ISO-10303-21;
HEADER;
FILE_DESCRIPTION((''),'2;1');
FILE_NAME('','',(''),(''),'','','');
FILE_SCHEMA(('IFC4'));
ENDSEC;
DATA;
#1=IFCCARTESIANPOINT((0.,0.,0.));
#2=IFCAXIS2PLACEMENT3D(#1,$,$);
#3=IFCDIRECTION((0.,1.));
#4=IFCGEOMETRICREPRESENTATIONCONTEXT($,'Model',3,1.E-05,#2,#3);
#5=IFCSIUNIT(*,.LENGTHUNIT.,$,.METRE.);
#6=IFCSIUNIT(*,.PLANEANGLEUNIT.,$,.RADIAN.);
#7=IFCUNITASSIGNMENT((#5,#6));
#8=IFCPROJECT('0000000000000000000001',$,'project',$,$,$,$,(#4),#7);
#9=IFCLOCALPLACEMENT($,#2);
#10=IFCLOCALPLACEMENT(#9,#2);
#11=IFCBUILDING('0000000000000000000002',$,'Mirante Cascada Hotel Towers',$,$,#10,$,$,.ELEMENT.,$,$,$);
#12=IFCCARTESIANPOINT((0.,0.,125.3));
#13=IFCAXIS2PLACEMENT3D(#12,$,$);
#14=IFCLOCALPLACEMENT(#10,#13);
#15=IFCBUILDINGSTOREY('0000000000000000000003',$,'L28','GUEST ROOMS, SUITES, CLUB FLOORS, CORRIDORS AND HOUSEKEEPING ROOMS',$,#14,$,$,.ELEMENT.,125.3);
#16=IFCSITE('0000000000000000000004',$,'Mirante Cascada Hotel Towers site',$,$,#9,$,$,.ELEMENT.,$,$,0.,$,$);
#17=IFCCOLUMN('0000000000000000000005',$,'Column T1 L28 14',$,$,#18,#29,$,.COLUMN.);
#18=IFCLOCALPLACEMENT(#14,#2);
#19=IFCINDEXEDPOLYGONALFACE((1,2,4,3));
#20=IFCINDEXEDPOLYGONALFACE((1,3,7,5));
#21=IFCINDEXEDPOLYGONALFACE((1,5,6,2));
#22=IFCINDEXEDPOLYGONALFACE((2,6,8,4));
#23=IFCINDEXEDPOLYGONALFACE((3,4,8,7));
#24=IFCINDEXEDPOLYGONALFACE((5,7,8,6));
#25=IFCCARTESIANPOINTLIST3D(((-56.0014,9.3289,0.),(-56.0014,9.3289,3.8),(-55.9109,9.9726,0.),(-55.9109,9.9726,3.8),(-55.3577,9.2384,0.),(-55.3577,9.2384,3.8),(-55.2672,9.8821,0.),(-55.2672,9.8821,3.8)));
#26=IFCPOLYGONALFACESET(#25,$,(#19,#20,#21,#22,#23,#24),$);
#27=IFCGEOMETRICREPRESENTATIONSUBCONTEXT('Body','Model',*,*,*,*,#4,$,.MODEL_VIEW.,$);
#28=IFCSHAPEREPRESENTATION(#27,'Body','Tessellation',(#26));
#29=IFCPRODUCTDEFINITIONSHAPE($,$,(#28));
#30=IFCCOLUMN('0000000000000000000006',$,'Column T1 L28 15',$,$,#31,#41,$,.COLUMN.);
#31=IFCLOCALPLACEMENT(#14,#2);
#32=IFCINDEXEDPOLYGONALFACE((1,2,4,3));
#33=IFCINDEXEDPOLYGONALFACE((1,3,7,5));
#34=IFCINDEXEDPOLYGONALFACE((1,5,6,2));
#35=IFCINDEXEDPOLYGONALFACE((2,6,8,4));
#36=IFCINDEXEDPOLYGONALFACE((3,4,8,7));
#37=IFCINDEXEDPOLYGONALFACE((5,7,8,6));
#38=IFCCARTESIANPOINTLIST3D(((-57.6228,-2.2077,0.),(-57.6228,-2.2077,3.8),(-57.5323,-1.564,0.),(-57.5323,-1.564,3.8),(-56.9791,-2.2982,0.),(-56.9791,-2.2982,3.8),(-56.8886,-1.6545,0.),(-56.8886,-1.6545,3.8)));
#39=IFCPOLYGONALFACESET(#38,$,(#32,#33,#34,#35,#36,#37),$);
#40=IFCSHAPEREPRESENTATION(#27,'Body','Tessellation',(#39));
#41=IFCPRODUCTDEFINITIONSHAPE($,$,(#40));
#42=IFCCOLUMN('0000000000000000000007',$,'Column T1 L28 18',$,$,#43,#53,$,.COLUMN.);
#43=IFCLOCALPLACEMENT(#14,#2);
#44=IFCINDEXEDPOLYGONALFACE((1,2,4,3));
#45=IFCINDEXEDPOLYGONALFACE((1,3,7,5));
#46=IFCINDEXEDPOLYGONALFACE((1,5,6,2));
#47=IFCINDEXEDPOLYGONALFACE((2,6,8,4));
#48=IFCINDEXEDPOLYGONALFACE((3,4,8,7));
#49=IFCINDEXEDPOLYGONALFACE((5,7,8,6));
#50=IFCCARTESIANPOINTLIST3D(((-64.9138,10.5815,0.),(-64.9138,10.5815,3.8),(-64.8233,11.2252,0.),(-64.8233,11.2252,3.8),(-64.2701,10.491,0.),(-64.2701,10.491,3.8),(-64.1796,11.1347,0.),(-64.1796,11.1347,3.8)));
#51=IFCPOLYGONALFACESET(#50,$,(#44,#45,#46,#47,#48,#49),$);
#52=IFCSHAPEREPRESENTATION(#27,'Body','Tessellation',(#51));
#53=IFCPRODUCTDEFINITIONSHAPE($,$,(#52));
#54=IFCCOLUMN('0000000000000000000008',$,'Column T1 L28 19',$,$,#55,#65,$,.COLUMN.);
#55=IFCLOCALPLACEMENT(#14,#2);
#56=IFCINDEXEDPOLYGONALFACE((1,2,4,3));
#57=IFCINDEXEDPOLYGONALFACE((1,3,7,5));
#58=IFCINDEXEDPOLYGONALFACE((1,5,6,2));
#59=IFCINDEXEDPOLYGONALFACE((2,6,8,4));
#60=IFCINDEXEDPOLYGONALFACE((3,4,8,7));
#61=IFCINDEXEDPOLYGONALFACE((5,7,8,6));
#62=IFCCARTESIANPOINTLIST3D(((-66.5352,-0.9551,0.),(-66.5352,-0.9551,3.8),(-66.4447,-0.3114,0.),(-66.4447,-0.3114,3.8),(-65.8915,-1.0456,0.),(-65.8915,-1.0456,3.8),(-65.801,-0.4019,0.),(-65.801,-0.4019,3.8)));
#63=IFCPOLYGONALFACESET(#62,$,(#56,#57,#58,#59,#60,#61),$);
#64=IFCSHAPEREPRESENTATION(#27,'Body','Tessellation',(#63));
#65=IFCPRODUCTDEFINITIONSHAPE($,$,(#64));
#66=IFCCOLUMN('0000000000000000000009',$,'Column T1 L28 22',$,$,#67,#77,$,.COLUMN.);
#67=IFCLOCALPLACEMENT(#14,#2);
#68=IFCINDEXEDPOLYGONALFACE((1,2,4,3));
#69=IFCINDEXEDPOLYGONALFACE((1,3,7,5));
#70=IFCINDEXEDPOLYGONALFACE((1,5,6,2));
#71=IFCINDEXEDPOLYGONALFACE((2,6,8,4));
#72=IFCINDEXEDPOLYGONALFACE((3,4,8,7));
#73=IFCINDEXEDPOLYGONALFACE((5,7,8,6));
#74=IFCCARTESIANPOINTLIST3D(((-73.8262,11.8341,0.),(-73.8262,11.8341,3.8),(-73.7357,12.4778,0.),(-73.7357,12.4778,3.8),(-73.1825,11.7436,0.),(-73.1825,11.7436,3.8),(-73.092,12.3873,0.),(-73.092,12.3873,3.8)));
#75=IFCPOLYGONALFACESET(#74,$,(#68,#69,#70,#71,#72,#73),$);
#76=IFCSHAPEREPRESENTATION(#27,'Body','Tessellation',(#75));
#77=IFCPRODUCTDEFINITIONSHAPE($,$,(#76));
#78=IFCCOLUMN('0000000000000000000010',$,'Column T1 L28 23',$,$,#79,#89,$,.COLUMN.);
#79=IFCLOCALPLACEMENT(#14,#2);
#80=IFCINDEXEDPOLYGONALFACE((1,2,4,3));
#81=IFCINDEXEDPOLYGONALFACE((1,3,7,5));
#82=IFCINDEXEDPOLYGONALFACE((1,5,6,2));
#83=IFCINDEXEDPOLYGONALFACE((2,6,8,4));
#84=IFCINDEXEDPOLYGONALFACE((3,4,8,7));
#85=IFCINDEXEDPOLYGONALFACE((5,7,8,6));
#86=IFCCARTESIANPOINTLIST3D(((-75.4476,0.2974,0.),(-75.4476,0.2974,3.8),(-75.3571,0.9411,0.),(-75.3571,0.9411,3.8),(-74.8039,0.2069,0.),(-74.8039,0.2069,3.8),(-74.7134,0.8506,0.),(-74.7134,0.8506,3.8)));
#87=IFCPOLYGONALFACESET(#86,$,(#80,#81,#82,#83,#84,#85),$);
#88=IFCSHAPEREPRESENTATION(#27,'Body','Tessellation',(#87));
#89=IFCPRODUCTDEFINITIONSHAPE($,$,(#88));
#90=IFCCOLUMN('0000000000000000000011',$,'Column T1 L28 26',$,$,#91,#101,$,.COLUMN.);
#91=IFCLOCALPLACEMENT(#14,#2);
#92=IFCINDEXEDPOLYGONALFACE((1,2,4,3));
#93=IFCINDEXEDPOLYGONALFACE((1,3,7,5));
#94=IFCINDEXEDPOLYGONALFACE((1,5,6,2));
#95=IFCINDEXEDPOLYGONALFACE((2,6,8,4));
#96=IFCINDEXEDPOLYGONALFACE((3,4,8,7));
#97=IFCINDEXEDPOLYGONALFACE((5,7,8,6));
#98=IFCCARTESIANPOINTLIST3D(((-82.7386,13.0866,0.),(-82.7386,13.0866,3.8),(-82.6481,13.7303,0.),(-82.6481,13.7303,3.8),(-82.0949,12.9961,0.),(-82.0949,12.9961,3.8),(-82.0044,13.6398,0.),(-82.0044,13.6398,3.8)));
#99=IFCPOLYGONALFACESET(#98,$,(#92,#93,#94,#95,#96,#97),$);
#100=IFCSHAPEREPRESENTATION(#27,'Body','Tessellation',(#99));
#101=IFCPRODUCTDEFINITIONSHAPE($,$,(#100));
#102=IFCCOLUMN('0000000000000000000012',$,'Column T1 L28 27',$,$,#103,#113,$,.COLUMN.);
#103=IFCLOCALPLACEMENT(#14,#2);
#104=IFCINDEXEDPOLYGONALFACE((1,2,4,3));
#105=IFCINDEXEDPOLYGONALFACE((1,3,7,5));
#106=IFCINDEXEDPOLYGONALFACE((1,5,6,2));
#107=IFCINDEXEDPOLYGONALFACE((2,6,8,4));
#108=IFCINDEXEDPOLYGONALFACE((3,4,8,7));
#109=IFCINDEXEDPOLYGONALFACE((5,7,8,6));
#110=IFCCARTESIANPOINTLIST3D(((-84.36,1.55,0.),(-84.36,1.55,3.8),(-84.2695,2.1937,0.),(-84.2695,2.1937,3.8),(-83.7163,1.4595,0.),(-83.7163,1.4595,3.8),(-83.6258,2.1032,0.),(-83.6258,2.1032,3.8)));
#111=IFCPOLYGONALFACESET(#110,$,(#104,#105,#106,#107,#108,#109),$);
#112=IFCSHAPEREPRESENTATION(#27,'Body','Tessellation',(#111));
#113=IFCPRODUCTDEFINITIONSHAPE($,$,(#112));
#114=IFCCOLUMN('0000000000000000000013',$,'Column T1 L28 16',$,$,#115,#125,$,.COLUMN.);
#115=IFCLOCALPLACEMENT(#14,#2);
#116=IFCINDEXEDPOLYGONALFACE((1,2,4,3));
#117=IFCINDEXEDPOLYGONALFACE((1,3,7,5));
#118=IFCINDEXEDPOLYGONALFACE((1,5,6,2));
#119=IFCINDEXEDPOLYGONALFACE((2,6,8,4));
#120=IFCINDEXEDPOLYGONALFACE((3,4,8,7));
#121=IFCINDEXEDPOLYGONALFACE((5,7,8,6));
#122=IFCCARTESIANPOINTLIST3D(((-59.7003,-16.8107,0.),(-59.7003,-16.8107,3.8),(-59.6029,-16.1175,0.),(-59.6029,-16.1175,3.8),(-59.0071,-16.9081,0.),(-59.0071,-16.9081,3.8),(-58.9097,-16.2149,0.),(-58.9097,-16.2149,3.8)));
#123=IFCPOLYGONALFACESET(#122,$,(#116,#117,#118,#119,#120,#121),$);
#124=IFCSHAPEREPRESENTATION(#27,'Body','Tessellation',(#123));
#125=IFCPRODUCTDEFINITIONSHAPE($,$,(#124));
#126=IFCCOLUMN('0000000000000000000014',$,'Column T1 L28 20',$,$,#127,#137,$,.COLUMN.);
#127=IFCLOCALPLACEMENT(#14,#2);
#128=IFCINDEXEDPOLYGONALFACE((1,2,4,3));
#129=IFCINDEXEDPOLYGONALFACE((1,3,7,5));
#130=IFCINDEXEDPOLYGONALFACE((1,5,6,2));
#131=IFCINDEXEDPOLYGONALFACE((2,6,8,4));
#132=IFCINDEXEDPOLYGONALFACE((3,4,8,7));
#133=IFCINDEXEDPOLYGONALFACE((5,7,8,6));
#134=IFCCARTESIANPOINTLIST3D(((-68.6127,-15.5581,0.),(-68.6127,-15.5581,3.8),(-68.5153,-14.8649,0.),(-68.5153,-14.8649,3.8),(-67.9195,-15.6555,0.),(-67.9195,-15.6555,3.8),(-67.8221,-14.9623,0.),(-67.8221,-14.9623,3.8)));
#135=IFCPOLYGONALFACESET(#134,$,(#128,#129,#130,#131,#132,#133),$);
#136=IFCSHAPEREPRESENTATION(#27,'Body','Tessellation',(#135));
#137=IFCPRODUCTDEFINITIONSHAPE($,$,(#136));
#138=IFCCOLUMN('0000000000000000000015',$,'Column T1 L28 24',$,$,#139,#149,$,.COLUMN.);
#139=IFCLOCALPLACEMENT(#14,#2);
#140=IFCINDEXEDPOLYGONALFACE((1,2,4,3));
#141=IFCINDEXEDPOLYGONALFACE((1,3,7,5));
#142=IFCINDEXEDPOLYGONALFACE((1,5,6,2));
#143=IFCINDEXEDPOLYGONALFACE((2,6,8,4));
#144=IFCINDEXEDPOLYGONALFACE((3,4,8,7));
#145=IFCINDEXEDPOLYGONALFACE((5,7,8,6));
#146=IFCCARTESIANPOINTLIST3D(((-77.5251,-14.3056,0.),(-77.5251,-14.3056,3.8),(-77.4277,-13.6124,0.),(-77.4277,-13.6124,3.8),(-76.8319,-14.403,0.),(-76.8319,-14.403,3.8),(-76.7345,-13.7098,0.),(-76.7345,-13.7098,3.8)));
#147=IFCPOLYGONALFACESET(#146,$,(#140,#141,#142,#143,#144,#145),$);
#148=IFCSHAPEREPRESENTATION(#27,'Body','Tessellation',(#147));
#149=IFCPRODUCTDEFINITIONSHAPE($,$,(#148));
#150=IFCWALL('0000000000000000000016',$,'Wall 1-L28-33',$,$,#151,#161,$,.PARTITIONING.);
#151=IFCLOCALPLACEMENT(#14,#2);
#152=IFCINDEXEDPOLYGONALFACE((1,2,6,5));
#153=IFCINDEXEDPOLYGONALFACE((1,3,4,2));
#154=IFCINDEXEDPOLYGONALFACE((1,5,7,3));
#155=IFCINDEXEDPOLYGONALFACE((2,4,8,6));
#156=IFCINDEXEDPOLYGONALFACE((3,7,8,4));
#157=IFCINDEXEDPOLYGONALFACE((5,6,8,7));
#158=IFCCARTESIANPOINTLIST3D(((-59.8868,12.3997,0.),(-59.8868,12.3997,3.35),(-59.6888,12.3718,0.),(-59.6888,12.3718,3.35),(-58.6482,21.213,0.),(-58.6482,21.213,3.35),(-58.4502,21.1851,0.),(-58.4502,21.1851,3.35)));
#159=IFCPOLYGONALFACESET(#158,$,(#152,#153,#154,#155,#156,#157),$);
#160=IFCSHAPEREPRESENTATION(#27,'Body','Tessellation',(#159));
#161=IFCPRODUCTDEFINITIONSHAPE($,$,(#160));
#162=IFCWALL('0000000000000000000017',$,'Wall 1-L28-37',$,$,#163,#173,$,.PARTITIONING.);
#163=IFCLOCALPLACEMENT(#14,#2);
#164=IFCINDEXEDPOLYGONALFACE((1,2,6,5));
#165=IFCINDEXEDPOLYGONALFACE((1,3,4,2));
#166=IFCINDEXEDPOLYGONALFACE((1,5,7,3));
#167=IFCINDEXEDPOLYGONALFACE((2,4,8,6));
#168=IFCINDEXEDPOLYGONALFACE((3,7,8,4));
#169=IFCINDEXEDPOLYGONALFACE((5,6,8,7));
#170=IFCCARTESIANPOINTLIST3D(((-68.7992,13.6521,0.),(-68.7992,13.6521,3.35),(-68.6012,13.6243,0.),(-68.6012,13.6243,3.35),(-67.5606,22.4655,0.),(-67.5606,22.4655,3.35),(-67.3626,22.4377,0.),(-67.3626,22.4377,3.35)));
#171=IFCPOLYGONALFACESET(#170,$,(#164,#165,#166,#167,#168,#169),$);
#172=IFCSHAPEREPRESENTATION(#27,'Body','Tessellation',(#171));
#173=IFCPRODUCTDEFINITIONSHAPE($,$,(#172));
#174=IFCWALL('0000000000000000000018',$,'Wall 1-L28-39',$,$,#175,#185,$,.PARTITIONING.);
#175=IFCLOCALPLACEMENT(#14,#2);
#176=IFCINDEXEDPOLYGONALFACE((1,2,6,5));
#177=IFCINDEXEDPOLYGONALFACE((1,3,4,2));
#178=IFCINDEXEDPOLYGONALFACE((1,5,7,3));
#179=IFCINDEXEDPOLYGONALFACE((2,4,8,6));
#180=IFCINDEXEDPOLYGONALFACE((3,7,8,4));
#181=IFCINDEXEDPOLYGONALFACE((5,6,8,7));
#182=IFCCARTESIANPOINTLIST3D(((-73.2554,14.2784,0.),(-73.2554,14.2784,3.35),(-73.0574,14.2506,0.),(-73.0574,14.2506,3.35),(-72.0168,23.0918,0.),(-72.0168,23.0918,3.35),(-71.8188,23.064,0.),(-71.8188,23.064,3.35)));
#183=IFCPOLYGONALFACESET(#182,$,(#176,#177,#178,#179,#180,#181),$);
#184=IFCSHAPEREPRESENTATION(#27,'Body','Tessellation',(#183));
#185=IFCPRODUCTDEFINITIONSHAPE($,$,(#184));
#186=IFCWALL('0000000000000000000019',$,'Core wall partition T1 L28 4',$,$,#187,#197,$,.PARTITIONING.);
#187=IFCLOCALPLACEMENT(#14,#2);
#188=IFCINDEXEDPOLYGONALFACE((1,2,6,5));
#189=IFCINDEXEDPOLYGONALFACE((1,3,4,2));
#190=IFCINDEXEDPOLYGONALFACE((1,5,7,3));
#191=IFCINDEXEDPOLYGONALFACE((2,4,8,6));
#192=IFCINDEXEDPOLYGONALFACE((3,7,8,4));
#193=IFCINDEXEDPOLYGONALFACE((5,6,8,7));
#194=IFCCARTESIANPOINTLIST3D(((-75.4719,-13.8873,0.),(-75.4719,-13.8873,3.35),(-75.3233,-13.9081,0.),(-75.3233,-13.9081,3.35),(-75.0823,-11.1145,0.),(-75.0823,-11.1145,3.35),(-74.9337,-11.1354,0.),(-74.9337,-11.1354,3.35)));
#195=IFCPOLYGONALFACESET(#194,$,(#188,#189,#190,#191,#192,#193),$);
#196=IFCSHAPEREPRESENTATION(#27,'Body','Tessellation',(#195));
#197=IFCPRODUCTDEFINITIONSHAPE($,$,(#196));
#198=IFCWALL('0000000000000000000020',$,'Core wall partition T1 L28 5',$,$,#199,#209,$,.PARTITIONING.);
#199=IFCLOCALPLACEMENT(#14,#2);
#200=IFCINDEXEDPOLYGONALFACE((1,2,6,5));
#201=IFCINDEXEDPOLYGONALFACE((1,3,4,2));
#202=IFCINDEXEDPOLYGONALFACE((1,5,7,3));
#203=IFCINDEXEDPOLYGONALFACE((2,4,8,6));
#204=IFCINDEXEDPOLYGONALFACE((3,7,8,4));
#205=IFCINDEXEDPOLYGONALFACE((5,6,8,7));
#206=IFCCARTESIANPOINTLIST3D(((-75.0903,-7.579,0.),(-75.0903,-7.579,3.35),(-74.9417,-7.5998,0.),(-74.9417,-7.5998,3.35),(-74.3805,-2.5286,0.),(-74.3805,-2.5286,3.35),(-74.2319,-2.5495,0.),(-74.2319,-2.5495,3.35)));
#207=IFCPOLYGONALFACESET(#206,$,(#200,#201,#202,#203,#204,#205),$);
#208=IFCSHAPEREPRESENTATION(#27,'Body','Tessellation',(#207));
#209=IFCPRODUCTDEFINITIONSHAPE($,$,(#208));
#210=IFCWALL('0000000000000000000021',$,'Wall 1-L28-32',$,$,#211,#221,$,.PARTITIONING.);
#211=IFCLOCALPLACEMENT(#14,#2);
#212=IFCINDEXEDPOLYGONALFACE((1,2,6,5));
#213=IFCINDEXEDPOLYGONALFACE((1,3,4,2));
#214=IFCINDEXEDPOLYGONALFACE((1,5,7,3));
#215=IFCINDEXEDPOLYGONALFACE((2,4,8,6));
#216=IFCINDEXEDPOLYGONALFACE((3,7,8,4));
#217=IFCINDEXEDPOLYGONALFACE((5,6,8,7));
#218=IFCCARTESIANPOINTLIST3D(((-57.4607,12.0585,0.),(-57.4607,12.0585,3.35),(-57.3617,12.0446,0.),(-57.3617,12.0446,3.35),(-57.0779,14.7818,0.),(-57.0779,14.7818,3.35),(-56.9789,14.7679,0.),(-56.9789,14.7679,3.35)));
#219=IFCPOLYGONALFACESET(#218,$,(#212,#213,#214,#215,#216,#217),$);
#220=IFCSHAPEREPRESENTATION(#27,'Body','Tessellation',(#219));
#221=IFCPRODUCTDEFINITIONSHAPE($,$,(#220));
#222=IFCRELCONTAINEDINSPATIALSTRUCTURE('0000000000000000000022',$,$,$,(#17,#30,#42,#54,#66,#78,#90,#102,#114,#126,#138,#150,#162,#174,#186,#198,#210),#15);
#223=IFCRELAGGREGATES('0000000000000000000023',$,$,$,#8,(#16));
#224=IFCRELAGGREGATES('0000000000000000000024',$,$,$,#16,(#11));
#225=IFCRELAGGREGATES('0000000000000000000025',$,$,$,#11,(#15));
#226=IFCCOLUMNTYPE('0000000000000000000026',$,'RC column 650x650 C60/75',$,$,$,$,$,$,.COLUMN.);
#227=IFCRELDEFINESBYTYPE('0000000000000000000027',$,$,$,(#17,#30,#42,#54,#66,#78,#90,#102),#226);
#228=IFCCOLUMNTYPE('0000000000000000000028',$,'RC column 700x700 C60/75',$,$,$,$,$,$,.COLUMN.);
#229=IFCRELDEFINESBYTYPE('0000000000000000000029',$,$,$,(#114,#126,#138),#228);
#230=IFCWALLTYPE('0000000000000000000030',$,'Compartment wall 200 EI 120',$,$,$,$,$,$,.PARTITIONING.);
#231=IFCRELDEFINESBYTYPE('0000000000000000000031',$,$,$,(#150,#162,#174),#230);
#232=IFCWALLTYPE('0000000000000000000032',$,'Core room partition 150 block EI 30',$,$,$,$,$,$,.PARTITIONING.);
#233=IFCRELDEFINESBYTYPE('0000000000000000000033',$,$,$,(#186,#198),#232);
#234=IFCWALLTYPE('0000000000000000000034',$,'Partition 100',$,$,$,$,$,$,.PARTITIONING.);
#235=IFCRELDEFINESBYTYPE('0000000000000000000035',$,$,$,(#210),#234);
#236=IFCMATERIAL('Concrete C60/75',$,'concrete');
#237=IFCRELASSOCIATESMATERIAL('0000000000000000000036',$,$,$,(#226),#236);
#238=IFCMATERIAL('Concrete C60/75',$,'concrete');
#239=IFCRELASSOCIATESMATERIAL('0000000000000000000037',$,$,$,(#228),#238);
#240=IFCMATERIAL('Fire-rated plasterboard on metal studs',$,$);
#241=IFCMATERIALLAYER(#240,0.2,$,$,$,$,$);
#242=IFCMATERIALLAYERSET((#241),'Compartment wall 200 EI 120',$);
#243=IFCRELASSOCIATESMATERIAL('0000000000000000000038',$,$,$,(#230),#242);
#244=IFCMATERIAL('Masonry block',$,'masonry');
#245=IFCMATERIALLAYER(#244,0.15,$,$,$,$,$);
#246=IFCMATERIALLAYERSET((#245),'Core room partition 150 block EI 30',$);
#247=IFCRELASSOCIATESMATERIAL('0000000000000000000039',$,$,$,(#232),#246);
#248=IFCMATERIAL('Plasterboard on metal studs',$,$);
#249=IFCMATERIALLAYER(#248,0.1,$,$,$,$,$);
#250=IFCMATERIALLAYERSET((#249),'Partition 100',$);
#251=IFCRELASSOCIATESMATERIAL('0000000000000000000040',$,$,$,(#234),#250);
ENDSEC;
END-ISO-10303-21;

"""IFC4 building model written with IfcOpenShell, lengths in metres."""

from ifc_helpers import new_model, si_unit, direction, frame, frame_2d, origin, origin_2d, place, context, subcontext, project, spatial, rectangle, extrude, material, layer, layer_set, material_profile, profile_set, type_object, element, save


model = new_model("IFC4")

# Units and contexts
model_context = context("Model", 3, precision=1e-05, world=origin(), true_north=direction((0.0, 1.0)))
body_context = subcontext(model_context, "Body", "Model", "MODEL_VIEW")
ifc_project = project(units=[si_unit("LENGTHUNIT", "METRE"), si_unit("PLANEANGLEUNIT", "RADIAN")], contexts=[model_context])

# Site, building, storey
site_placement = place(None, origin())
site = spatial("IfcSite", under=ifc_project, at=site_placement, Name="Mirante Cascada Hotel Towers site", CompositionType="ELEMENT", RefElevation=0.0)
building_placement = place(site_placement, origin())
building = spatial("IfcBuilding", under=site, at=building_placement, Name="Mirante Cascada Hotel Towers", CompositionType="ELEMENT")
storey_placement = place(building_placement, frame((0.0, 0.0, 125.3)))
storey = spatial("IfcBuildingStorey", under=building, at=storey_placement, Name="L28", Description="GUEST ROOMS, SUITES, CLUB FLOORS, CORRIDORS AND HOUSEKEEPING ROOMS", CompositionType="ELEMENT", Elevation=125.3)

# Columns
ifc_material_1 = material(Name="Concrete C60/75", Category="concrete")
ifc_material_profile_1 = material_profile(ifc_material_1, rectangle(XDim=0.65, YDim=0.65, at=origin_2d()), Name="RC column 650x650 C60/75")
ifc_profile_set_1 = profile_set([ifc_material_profile_1], Name="Concrete C60/75")
column_type_1 = type_object("IfcColumnType", Name="RC column 650x650 C60/75", PredefinedType="COLUMN", material=ifc_profile_set_1)
for number, where, z_axis, x_axis, name in (
    (1, (-55.6343, 9.6055, 0.0), (0.0, 0.0, 1.0), (-0.990268, 0.139173, 0.0), "Column T1 L28 14"),
    (2, (-57.2557, -1.9311, 0.0), (0.0, 0.0, 1.0), (-0.990268, 0.139173, 0.0), "Column T1 L28 15"),
    (3, (-64.5467, 10.8581, 0.0), (0.0, 0.0, 1.0), (-0.990268, 0.139173, 0.0), "Column T1 L28 18"),
    (4, (-66.1681, -0.6785, 0.0), (0.0, 0.0, 1.0), (-0.990268, 0.139173, 0.0), "Column T1 L28 19"),
    (5, (-73.4591, 12.1107, 0.0), (0.0, 0.0, 1.0), (-0.990268, 0.139173, 0.0), "Column T1 L28 22"),
    (6, (-75.0805, 0.574, 0.0), (0.0, 0.0, 1.0), (-0.990268, 0.139173, 0.0), "Column T1 L28 23"),
    (7, (-82.3715, 13.3632, 0.0), (0.0, 0.0, 1.0), (-0.990268, 0.139173, 0.0), "Column T1 L28 26"),
    (8, (-83.9929, 1.8266, 0.0), (0.0, 0.0, 1.0), (-0.990268, 0.139173, 0.0), "Column T1 L28 27"),
):
    element("IfcColumn", number, at=place(storey_placement, frame(where, z_axis=z_axis, x_axis=x_axis)), inside=storey, type_object=column_type_1, Name=name, PredefinedType="COLUMN", context=body_context, shape_type="SweptSolid", body=[
        extrude(rectangle(XDim=0.65, YDim=0.65, at=origin_2d()), origin(), (0.0, 0.0, 1.0), 3.8),
    ])
ifc_material_2 = material(Name="Concrete C60/75", Category="concrete")
ifc_material_profile_2 = material_profile(ifc_material_2, rectangle(XDim=0.7, YDim=0.7, at=origin_2d()), Name="RC column 700x700 C60/75")
ifc_profile_set_2 = profile_set([ifc_material_profile_2], Name="Concrete C60/75")
column_type_2 = type_object("IfcColumnType", Name="RC column 700x700 C60/75", PredefinedType="COLUMN", material=ifc_profile_set_2)
for number, where, z_axis, x_axis, name in (
    (9, (-59.305, -16.5128, 0.0), (0.0, 0.0, 1.0), (-0.990268, 0.139173, 0.0), "Column T1 L28 16"),
    (10, (-68.2174, -15.2602, 0.0), (0.0, 0.0, 1.0), (-0.990268, 0.139173, 0.0), "Column T1 L28 20"),
    (11, (-77.1298, -14.0077, 0.0), (0.0, 0.0, 1.0), (-0.990268, 0.139173, 0.0), "Column T1 L28 24"),
):
    element("IfcColumn", number, at=place(storey_placement, frame(where, z_axis=z_axis, x_axis=x_axis)), inside=storey, type_object=column_type_2, Name=name, PredefinedType="COLUMN", context=body_context, shape_type="SweptSolid", body=[
        extrude(rectangle(XDim=0.7, YDim=0.7, at=origin_2d()), origin(), (0.0, 0.0, 1.0), 3.8),
    ])

# Walls
ifc_material_3 = material(Name="Fire-rated plasterboard on metal studs")
ifc_layer_1 = layer(ifc_material_3, 0.2)
ifc_layer_set_1 = layer_set([ifc_layer_1], Name="Compartment wall 200 EI 120")
wall_type_1 = type_object("IfcWallType", Name="Compartment wall 200 EI 120", PredefinedType="PARTITIONING", material=ifc_layer_set_1)
wall_1_placement = place(storey_placement, frame((-59.7878, 12.3857, 0.0), z_axis=(0.0, 0.0, 1.0), x_axis=(0.13917, 0.990268, 0.0)))
element("IfcWall", 12, at=wall_1_placement, inside=storey, type_object=wall_type_1, Name="Wall 1-L28-33", PredefinedType="PARTITIONING", context=body_context, shape_type="SweptSolid", body=[
    extrude(rectangle(XDim=8.8999, YDim=0.2, at=frame_2d((4.45, 0.0))), origin(), (0.0, 0.0, 1.0), 3.35),
])
for number, where, z_axis, x_axis, name in (
    (13, (-68.7002, 13.6382, 0.0), (0.0, 0.0, 1.0), (0.139168, 0.990269, 0.0), "Wall 1-L28-37"),
    (14, (-73.1564, 14.2645, 0.0), (0.0, 0.0, 1.0), (0.139168, 0.990269, 0.0), "Wall 1-L28-39"),
):
    element("IfcWall", number, at=place(storey_placement, frame(where, z_axis=z_axis, x_axis=x_axis)), inside=storey, type_object=wall_type_1, Name=name, PredefinedType="PARTITIONING", context=body_context, shape_type="SweptSolid", body=[
        extrude(rectangle(XDim=8.9, YDim=0.2, at=frame_2d((4.45, 0.0))), origin(), (0.0, 0.0, 1.0), 3.35),
    ])
ifc_material_4 = material(Name="Masonry block", Category="masonry")
ifc_layer_2 = layer(ifc_material_4, 0.15)
ifc_layer_set_2 = layer_set([ifc_layer_2], Name="Core room partition 150 block EI 30")
wall_type_2 = type_object("IfcWallType", Name="Core room partition 150 block EI 30", PredefinedType="PARTITIONING", material=ifc_layer_set_2)
wall_2_placement = place(storey_placement, frame((-75.3976, -13.8977, 0.0), z_axis=(0.0, 0.0, 1.0), x_axis=(0.139141, 0.990273, 0.0)))
element("IfcWall", 15, at=wall_2_placement, inside=storey, type_object=wall_type_2, Name="Core wall partition T1 L28 4", PredefinedType="PARTITIONING", context=body_context, shape_type="SweptSolid", body=[
    extrude(rectangle(XDim=2.8, YDim=0.15, at=frame_2d((1.4, 0.0))), origin(), (0.0, 0.0, 1.0), 3.35),
])
wall_3_placement = place(storey_placement, frame((-75.016, -7.5894, 0.0), z_axis=(0.0, 0.0, 1.0), x_axis=(0.139176, 0.990268, 0.0)))
element("IfcWall", 16, at=wall_3_placement, inside=storey, type_object=wall_type_2, Name="Core wall partition T1 L28 5", PredefinedType="PARTITIONING", context=body_context, shape_type="SweptSolid", body=[
    extrude(rectangle(XDim=5.1, YDim=0.15, at=frame_2d((2.55, 0.0))), origin(), (0.0, 0.0, 1.0), 3.35),
])
ifc_material_5 = material(Name="Plasterboard on metal studs")
ifc_layer_3 = layer(ifc_material_5, 0.1)
ifc_layer_set_3 = layer_set([ifc_layer_3], Name="Partition 100")
wall_type_3 = type_object("IfcWallType", Name="Partition 100", PredefinedType="PARTITIONING", material=ifc_layer_set_3)
wall_4_placement = place(storey_placement, frame((-57.0284, 14.7749, 0.0), z_axis=(0.0, 0.0, 1.0), x_axis=(-0.139196, -0.990265, 0.0)))
element("IfcWall", 17, at=wall_4_placement, inside=storey, type_object=wall_type_3, Name="Wall 1-L28-32", PredefinedType="PARTITIONING", context=body_context, shape_type="SweptSolid", body=[
    extrude(rectangle(XDim=2.7501, YDim=0.1, at=frame_2d((1.3751, 0.0))), origin(), (0.0, 0.0, 1.0), 3.35),
])

save(model, "model.ifc")
